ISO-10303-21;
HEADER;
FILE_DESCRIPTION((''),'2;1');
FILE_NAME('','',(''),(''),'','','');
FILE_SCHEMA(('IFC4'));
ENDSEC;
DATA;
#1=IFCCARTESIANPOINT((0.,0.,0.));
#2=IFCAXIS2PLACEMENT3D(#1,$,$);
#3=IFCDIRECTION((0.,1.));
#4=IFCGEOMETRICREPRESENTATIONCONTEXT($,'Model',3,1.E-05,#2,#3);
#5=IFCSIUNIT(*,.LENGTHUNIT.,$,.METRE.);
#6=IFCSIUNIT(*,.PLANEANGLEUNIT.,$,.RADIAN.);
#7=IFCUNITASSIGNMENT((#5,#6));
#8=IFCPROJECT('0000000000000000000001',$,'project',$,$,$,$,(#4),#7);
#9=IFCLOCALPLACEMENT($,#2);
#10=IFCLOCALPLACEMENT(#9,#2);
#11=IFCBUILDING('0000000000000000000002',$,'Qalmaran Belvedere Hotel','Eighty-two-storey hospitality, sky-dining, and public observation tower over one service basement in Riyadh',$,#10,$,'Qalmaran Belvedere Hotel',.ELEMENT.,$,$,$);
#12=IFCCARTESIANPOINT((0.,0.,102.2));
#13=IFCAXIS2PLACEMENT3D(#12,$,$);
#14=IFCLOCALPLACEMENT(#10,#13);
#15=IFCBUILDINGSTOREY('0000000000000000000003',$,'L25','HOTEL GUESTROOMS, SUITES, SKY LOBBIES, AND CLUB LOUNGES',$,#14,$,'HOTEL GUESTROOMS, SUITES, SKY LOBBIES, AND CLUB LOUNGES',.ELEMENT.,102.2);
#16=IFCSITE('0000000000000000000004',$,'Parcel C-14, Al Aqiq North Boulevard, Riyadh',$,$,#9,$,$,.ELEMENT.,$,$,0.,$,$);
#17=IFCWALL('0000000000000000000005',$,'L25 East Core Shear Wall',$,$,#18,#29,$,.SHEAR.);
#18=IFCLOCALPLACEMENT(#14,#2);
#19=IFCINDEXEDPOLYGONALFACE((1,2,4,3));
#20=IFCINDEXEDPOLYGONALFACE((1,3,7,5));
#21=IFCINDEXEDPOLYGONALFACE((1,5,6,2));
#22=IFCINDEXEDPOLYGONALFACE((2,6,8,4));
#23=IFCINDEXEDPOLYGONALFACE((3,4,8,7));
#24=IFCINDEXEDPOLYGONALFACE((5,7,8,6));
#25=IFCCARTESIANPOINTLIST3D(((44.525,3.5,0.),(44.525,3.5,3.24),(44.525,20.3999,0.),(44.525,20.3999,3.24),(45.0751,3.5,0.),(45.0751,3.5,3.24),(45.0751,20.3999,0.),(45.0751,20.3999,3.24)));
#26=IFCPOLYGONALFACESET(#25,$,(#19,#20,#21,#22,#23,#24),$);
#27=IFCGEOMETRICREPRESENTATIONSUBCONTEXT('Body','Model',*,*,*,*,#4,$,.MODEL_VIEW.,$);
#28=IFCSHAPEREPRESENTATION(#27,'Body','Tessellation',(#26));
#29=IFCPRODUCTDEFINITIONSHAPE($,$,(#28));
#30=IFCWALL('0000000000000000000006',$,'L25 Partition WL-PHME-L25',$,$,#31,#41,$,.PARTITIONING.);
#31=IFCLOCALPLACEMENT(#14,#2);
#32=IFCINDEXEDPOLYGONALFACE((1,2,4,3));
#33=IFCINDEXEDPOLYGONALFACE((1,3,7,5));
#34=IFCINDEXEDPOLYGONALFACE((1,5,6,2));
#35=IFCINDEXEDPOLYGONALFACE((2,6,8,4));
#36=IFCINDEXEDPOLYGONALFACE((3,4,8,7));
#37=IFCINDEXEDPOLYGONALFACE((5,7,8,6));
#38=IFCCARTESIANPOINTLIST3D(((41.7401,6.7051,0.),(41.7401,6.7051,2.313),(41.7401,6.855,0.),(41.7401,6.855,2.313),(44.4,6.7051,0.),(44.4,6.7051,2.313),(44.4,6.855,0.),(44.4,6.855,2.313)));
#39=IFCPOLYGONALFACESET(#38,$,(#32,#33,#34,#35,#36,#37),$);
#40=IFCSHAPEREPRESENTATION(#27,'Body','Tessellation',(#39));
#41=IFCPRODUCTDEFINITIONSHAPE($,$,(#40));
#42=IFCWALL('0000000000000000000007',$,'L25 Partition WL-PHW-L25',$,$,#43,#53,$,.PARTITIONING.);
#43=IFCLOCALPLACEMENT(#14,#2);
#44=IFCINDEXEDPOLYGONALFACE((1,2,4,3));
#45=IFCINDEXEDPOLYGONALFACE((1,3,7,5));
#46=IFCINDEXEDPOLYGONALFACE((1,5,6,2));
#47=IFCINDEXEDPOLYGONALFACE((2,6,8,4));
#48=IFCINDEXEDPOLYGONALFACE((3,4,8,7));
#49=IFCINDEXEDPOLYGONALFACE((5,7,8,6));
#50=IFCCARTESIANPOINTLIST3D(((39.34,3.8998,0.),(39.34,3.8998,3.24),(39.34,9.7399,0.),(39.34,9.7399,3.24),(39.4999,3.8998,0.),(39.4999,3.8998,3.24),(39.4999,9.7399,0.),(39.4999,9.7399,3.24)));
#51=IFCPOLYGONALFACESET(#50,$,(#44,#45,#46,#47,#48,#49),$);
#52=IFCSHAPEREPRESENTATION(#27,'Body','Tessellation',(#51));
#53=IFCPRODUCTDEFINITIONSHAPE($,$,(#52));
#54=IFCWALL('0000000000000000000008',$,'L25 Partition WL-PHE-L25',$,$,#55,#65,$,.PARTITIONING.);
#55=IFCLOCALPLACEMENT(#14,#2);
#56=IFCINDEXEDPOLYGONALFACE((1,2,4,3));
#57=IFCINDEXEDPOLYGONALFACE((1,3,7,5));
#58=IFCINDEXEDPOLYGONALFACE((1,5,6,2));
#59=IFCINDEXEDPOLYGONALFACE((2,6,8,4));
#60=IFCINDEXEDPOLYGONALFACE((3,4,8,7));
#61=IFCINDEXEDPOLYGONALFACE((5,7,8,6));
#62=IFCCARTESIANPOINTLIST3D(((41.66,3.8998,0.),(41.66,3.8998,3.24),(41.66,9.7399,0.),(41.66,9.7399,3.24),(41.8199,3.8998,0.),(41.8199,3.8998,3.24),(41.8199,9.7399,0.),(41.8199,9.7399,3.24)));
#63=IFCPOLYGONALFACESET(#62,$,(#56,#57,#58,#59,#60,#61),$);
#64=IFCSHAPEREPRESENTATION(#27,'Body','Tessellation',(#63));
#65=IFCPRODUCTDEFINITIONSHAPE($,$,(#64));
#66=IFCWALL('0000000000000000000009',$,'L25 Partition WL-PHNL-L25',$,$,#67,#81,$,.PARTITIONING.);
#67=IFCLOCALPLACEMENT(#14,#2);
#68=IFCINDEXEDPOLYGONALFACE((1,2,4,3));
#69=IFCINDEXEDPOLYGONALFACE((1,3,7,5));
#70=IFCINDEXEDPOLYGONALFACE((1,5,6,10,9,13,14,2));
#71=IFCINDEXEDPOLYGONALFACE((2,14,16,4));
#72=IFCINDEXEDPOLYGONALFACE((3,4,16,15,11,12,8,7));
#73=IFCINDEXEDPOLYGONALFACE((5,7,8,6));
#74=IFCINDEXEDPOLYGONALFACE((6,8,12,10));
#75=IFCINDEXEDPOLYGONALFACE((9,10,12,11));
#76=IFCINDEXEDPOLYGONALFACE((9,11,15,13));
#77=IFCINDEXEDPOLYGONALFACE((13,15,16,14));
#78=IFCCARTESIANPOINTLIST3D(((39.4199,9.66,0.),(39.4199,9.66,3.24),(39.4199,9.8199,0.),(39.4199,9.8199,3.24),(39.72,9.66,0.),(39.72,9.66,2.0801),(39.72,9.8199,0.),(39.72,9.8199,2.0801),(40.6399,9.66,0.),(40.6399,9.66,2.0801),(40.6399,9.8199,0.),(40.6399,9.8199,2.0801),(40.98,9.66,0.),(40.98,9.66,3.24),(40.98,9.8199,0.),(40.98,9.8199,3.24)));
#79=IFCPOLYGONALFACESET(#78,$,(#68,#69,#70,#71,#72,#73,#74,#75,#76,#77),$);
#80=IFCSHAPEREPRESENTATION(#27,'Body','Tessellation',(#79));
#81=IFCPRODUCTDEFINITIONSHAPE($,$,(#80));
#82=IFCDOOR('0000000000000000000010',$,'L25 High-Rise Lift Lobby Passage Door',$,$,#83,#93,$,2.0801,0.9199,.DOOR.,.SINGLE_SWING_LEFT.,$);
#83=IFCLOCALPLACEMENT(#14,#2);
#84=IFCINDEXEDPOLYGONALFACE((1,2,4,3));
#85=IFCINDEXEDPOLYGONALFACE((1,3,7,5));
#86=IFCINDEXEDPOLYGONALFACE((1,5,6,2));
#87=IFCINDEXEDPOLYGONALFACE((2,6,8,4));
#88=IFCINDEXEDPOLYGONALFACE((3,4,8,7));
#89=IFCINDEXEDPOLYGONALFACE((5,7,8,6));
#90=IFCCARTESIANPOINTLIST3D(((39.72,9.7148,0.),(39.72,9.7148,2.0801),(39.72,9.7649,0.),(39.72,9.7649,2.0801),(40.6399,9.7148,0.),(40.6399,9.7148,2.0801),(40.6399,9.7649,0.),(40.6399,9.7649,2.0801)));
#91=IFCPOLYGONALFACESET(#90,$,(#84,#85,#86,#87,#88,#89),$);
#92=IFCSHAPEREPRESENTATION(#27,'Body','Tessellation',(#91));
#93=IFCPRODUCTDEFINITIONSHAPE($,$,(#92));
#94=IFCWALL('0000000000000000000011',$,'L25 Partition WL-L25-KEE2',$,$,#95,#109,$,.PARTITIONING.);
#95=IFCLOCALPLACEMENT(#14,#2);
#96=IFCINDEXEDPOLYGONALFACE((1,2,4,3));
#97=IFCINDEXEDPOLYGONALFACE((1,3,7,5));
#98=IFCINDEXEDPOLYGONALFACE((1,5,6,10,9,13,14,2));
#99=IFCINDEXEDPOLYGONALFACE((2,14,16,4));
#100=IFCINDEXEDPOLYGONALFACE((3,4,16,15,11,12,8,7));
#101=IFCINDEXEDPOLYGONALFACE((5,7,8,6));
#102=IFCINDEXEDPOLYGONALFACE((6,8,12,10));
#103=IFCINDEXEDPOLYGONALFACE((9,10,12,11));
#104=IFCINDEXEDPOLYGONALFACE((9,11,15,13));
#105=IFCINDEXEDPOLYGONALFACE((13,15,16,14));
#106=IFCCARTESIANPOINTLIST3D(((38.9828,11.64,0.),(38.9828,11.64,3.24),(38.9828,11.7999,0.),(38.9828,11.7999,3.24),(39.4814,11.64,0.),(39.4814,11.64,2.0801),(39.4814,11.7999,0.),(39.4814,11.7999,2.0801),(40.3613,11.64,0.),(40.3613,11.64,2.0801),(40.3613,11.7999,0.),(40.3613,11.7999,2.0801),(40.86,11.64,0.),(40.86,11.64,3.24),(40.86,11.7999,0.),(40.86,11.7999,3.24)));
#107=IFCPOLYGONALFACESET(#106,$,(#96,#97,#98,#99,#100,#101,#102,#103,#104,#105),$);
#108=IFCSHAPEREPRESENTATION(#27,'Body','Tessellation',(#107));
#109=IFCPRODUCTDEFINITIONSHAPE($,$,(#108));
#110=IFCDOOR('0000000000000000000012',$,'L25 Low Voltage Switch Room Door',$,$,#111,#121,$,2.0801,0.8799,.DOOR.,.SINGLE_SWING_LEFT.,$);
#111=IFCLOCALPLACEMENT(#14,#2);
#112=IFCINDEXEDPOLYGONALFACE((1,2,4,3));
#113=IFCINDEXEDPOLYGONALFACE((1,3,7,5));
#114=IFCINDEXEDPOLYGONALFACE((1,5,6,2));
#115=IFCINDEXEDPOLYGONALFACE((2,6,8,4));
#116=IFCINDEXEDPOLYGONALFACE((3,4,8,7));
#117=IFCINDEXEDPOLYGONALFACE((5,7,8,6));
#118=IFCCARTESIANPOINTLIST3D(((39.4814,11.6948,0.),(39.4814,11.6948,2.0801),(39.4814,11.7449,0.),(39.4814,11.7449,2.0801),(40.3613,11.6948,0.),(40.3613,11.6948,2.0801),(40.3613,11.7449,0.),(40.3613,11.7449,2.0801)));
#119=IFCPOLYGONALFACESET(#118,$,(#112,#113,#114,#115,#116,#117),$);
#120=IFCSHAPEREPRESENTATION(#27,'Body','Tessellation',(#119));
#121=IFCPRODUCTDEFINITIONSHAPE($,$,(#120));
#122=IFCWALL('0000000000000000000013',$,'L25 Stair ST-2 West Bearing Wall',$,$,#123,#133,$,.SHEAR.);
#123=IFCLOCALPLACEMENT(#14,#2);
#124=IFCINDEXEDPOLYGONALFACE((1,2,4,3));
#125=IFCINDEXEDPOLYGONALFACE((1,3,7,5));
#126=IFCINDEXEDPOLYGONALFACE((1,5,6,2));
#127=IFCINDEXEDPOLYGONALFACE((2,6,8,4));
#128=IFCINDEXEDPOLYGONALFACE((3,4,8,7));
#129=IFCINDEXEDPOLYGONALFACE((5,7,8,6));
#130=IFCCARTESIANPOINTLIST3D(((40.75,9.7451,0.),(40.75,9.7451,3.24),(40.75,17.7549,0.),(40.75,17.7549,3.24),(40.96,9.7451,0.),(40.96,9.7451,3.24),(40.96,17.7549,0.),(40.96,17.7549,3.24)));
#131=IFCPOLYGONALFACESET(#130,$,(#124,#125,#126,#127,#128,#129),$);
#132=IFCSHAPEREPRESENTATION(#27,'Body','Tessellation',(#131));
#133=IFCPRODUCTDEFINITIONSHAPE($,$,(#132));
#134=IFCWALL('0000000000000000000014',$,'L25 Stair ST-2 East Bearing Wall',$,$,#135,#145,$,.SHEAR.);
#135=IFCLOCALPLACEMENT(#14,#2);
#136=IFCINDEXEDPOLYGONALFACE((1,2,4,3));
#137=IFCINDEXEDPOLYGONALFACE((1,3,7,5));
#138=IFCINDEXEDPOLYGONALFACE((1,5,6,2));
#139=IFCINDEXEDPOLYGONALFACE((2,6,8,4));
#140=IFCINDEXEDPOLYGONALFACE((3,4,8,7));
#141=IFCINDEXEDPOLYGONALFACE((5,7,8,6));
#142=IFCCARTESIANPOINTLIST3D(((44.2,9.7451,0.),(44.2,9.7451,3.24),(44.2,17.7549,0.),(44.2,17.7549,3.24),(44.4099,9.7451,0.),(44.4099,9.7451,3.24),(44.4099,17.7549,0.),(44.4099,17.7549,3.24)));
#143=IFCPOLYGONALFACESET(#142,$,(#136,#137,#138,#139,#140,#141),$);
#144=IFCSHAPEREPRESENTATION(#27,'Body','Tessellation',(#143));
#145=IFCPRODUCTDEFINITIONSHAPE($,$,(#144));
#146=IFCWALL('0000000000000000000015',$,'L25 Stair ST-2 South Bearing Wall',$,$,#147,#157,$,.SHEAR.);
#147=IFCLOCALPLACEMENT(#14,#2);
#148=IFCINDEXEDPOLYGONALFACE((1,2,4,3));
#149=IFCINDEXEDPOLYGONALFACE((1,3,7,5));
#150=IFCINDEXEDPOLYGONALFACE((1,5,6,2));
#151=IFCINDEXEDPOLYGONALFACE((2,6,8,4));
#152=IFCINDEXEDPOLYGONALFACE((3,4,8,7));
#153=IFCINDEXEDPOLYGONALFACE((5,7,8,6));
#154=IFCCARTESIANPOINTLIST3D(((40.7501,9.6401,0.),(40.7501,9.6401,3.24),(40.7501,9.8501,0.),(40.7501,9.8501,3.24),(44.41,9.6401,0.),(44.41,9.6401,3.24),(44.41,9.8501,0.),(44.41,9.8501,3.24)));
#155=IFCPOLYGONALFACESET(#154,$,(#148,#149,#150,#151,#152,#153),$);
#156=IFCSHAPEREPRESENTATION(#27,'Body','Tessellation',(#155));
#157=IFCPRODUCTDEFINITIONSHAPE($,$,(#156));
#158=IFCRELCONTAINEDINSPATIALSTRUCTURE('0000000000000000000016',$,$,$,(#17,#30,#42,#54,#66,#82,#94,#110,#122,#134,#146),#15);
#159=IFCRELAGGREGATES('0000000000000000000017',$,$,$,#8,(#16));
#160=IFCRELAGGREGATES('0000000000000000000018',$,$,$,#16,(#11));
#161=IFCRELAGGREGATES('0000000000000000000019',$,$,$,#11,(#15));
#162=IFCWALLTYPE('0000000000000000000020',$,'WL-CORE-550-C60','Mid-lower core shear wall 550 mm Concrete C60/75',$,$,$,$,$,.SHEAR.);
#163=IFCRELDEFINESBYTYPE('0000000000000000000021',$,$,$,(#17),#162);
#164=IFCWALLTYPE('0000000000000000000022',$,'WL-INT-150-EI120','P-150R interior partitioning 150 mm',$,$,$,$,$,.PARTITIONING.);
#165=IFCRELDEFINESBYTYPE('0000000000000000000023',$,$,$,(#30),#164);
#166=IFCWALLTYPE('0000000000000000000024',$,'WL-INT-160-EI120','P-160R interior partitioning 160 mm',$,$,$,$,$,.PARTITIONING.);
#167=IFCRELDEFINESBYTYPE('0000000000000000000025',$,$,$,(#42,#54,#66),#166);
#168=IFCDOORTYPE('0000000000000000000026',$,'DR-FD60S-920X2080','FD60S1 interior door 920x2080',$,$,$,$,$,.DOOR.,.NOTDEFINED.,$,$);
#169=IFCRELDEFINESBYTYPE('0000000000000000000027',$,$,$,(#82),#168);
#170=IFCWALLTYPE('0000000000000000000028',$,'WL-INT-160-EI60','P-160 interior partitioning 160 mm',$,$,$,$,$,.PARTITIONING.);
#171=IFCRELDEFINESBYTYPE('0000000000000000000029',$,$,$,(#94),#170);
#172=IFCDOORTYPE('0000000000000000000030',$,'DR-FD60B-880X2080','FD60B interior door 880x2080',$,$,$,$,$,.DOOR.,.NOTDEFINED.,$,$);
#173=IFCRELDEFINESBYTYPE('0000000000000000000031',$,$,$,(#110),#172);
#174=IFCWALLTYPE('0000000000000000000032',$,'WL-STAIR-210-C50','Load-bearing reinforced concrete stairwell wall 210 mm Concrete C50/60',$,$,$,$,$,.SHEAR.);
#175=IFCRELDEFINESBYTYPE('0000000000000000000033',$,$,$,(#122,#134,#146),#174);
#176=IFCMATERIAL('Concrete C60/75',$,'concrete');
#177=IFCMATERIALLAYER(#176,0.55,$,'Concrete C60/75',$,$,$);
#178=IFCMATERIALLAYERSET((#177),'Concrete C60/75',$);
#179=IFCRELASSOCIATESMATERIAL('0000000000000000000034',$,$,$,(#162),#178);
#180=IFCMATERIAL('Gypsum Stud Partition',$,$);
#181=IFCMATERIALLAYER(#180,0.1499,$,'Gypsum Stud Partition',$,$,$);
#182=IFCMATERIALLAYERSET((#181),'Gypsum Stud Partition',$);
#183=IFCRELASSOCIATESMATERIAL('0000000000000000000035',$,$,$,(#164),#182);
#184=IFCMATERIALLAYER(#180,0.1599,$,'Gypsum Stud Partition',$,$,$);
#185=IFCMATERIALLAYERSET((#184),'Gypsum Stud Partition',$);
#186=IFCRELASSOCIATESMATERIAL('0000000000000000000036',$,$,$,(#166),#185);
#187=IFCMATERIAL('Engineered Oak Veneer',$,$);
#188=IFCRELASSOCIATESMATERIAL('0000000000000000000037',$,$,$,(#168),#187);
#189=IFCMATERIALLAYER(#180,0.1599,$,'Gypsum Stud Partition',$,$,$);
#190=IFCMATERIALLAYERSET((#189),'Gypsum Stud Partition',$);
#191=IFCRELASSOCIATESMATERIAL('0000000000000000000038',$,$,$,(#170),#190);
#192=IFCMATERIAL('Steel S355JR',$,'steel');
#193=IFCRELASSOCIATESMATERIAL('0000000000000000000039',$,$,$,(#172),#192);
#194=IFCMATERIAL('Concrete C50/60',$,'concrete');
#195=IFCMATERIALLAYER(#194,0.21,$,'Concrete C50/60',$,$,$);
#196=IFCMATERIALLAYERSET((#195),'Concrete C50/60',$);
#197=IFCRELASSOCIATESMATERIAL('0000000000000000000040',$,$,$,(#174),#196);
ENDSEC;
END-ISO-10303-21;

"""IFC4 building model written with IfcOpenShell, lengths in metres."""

from ifc_helpers import new_model, si_unit, direction, frame, frame_2d, origin, place, context, subcontext, project, spatial, rectangle, extrude, material, layer, layer_set, type_object, element, fill, save


model = new_model("IFC4")

# Units and contexts
model_context = context("Model", 3, precision=1e-05, world=origin(), true_north=direction((0.0, 1.0)))
body_context = subcontext(model_context, "Body", "Model", "MODEL_VIEW")
ifc_project = project(units=[si_unit("LENGTHUNIT", "METRE"), si_unit("PLANEANGLEUNIT", "RADIAN")], contexts=[model_context])

# Site, building, storey
site_placement = place(None, origin())
site = spatial("IfcSite", under=ifc_project, at=site_placement, Name="Parcel C-14, Al Aqiq North Boulevard, Riyadh", CompositionType="ELEMENT", RefElevation=0.0)
building_placement = place(site_placement, origin())
building = spatial("IfcBuilding", under=site, at=building_placement, Name="Qalmaran Belvedere Hotel", Description="Eighty-two-storey hospitality, sky-dining, and public observation tower over one service basement in Riyadh", LongName="Qalmaran Belvedere Hotel", CompositionType="ELEMENT")
storey_placement = place(building_placement, frame((0.0, 0.0, 102.2)))
storey = spatial("IfcBuildingStorey", under=building, at=storey_placement, Name="L25", Description="HOTEL GUESTROOMS, SUITES, SKY LOBBIES, AND CLUB LOUNGES", LongName="HOTEL GUESTROOMS, SUITES, SKY LOBBIES, AND CLUB LOUNGES", CompositionType="ELEMENT", Elevation=102.2)

# Walls
ifc_material_1 = material(Name="Concrete C60/75", Category="concrete")
ifc_layer_1 = layer(ifc_material_1, 0.55, Name="Concrete C60/75")
ifc_layer_set_1 = layer_set([ifc_layer_1], Name="Concrete C60/75")
wall_type_1 = type_object("IfcWallType", Name="WL-CORE-550-C60", Description="Mid-lower core shear wall 550 mm Concrete C60/75", PredefinedType="SHEAR", material=ifc_layer_set_1)
wall_1_placement = place(storey_placement, frame((44.8, 3.5, 0.0), z_axis=(0.0, 0.0, 1.0), x_axis=(0.0, 1.0, 0.0)))
element("IfcWall", 1, at=wall_1_placement, inside=storey, type_object=wall_type_1, Name="L25 East Core Shear Wall", PredefinedType="SHEAR", context=body_context, shape_type="SweptSolid", body=[
    extrude(rectangle(XDim=16.8999, YDim=0.55, at=frame_2d((8.45, 0.0))), origin(), (0.0, 0.0, 1.0), 3.24),
])
ifc_material_2 = material(Name="Gypsum Stud Partition")
ifc_layer_2 = layer(ifc_material_2, 0.1499, Name="Gypsum Stud Partition")
ifc_layer_set_2 = layer_set([ifc_layer_2], Name="Gypsum Stud Partition")
wall_type_2 = type_object("IfcWallType", Name="WL-INT-150-EI120", Description="P-150R interior partitioning 150 mm", PredefinedType="PARTITIONING", material=ifc_layer_set_2)
wall_2_placement = place(storey_placement, frame((41.74, 6.78, 0.0), z_axis=(0.0, 0.0, 1.0), x_axis=(1.0, 0.0, 0.0)))
element("IfcWall", 2, at=wall_2_placement, inside=storey, type_object=wall_type_2, Name="L25 Partition WL-PHME-L25", PredefinedType="PARTITIONING", context=body_context, shape_type="SweptSolid", body=[
    extrude(rectangle(XDim=2.6599, YDim=0.1499, at=frame_2d((1.3301, 0.0))), origin(), (0.0, 0.0, 1.0), 2.313),
])
ifc_layer_3 = layer(ifc_material_2, 0.1599, Name="Gypsum Stud Partition")
ifc_layer_set_3 = layer_set([ifc_layer_3], Name="Gypsum Stud Partition")
wall_type_3 = type_object("IfcWallType", Name="WL-INT-160-EI120", Description="P-160R interior partitioning 160 mm", PredefinedType="PARTITIONING", material=ifc_layer_set_3)
for number, where, z_axis, x_axis, name in (
    (3, (39.4199, 3.8999, 0.0), (0.0, 0.0, 1.0), (0.0, 1.0, 0.0), "L25 Partition WL-PHW-L25"),
    (4, (41.74, 3.8999, 0.0), (0.0, 0.0, 1.0), (0.0, 1.0, 0.0), "L25 Partition WL-PHE-L25"),
):
    element("IfcWall", number, at=place(storey_placement, frame(where, z_axis=z_axis, x_axis=x_axis)), inside=storey, type_object=wall_type_3, Name=name, PredefinedType="PARTITIONING", context=body_context, shape_type="SweptSolid", body=[
        extrude(rectangle(XDim=5.8401, YDim=0.1599, at=frame_2d((2.9199, 0.0))), origin(), (0.0, 0.0, 1.0), 3.24),
    ])

# Walls, openings, doors
wall_3_placement = place(storey_placement, frame((39.4199, 9.74, 0.0), z_axis=(0.0, 0.0, 1.0), x_axis=(1.0, 0.0, 0.0)))
wall_3 = element("IfcWall", 5, at=wall_3_placement, inside=storey, type_object=wall_type_3, Name="L25 Partition WL-PHNL-L25", PredefinedType="PARTITIONING", context=body_context, shape_type="SweptSolid", body=[
    extrude(rectangle(XDim=1.5601, YDim=0.1599, at=frame_2d((0.78, 0.0))), origin(), (0.0, 0.0, 1.0), 3.24),
])
opening_1_placement = place(wall_3_placement, frame((0.3, 0.0, 0.0)))
opening_1 = element("IfcOpeningElement", 6, at=opening_1_placement, cuts=wall_3, PredefinedType="OPENING", context=body_context, shape_type="SweptSolid", body=[
    extrude(rectangle(XDim=0.9199, YDim=2.0801, at=frame_2d((0.46, 1.04))), frame((0.0, 0.0898, 0.0), z_axis=(0.0, -1.0, 0.0), x_axis=(1.0, 0.0, 0.0)), (0.0, 0.0, 1.0), 0.1799),
])
ifc_material_3 = material(Name="Engineered Oak Veneer")
door_type_1 = type_object("IfcDoorType", Name="DR-FD60S-920X2080", Description="FD60S1 interior door 920x2080", OperationType="NOTDEFINED", PredefinedType="DOOR", material=ifc_material_3)
door_1_placement = place(opening_1_placement, origin())
door_1 = element("IfcDoor", 7, at=door_1_placement, inside=storey, type_object=door_type_1, Name="L25 High-Rise Lift Lobby Passage Door", OperationType="SINGLE_SWING_LEFT", OverallHeight=2.0801, OverallWidth=0.9199, PredefinedType="DOOR", context=body_context, shape_type="SweptSolid", body=[
    extrude(rectangle(XDim=0.9199, YDim=2.0801, at=frame_2d((0.46, 1.04))), frame((0.0, 0.0249, 0.0), z_axis=(0.0, -1.0, 0.0), x_axis=(1.0, 0.0, 0.0)), (0.0, 0.0, 1.0), 0.05),
])
fill(opening_1, door_1)
ifc_layer_4 = layer(ifc_material_2, 0.1599, Name="Gypsum Stud Partition")
ifc_layer_set_4 = layer_set([ifc_layer_4], Name="Gypsum Stud Partition")
wall_type_4 = type_object("IfcWallType", Name="WL-INT-160-EI60", Description="P-160 interior partitioning 160 mm", PredefinedType="PARTITIONING", material=ifc_layer_set_4)
wall_4_placement = place(storey_placement, frame((38.9829, 11.72, 0.0), z_axis=(0.0, 0.0, 1.0), x_axis=(1.0, 0.0, 0.0)))
wall_4 = element("IfcWall", 8, at=wall_4_placement, inside=storey, type_object=wall_type_4, Name="L25 Partition WL-L25-KEE2", PredefinedType="PARTITIONING", context=body_context, shape_type="SweptSolid", body=[
    extrude(rectangle(XDim=1.8772, YDim=0.1599, at=frame_2d((0.9385, 0.0))), origin(), (0.0, 0.0, 1.0), 3.24),
])
opening_2_placement = place(wall_4_placement, frame((0.4985, 0.0, 0.0)))
opening_2 = element("IfcOpeningElement", 9, at=opening_2_placement, cuts=wall_4, PredefinedType="OPENING", context=body_context, shape_type="SweptSolid", body=[
    extrude(rectangle(XDim=0.8799, YDim=2.0801, at=frame_2d((0.4399, 1.04))), frame((0.0, 0.0898, 0.0), z_axis=(0.0, -1.0, 0.0), x_axis=(1.0, 0.0, 0.0)), (0.0, 0.0, 1.0), 0.1799),
])
ifc_material_4 = material(Name="Steel S355JR", Category="steel")
door_type_2 = type_object("IfcDoorType", Name="DR-FD60B-880X2080", Description="FD60B interior door 880x2080", OperationType="NOTDEFINED", PredefinedType="DOOR", material=ifc_material_4)
door_2_placement = place(opening_2_placement, origin())
door_2 = element("IfcDoor", 10, at=door_2_placement, inside=storey, type_object=door_type_2, Name="L25 Low Voltage Switch Room Door", OperationType="SINGLE_SWING_LEFT", OverallHeight=2.0801, OverallWidth=0.8799, PredefinedType="DOOR", context=body_context, shape_type="SweptSolid", body=[
    extrude(rectangle(XDim=0.8799, YDim=2.0801, at=frame_2d((0.4399, 1.04))), frame((0.0, 0.0249, 0.0), z_axis=(0.0, -1.0, 0.0), x_axis=(1.0, 0.0, 0.0)), (0.0, 0.0, 1.0), 0.05),
])
fill(opening_2, door_2)

# Walls
ifc_material_5 = material(Name="Concrete C50/60", Category="concrete")
ifc_layer_5 = layer(ifc_material_5, 0.21, Name="Concrete C50/60")
ifc_layer_set_5 = layer_set([ifc_layer_5], Name="Concrete C50/60")
wall_type_5 = type_object("IfcWallType", Name="WL-STAIR-210-C50", Description="Load-bearing reinforced concrete stairwell wall 210 mm Concrete C50/60", PredefinedType="SHEAR", material=ifc_layer_set_5)
for number, where, z_axis, x_axis, name in (
    (11, (40.855, 9.7451, 0.0), (0.0, 0.0, 1.0), (0.0, 1.0, 0.0), "L25 Stair ST-2 West Bearing Wall"),
    (12, (44.3049, 9.7451, 0.0), (0.0, 0.0, 1.0), (0.0, 1.0, 0.0), "L25 Stair ST-2 East Bearing Wall"),
):
    element("IfcWall", number, at=place(storey_placement, frame(where, z_axis=z_axis, x_axis=x_axis)), inside=storey, type_object=wall_type_5, Name=name, PredefinedType="SHEAR", context=body_context, shape_type="SweptSolid", body=[
        extrude(rectangle(XDim=8.0098, YDim=0.21, at=frame_2d((4.0049, 0.0))), origin(), (0.0, 0.0, 1.0), 3.24),
    ])
wall_5_placement = place(storey_placement, frame((40.75, 9.7451, 0.0), z_axis=(0.0, 0.0, 1.0), x_axis=(1.0, 0.0, 0.0)))
element("IfcWall", 13, at=wall_5_placement, inside=storey, type_object=wall_type_5, Name="L25 Stair ST-2 South Bearing Wall", PredefinedType="SHEAR", context=body_context, shape_type="SweptSolid", body=[
    extrude(rectangle(XDim=3.6599, YDim=0.21, at=frame_2d((1.8301, 0.0))), origin(), (0.0, 0.0, 1.0), 3.24),
])

save(model, "model.ifc")
